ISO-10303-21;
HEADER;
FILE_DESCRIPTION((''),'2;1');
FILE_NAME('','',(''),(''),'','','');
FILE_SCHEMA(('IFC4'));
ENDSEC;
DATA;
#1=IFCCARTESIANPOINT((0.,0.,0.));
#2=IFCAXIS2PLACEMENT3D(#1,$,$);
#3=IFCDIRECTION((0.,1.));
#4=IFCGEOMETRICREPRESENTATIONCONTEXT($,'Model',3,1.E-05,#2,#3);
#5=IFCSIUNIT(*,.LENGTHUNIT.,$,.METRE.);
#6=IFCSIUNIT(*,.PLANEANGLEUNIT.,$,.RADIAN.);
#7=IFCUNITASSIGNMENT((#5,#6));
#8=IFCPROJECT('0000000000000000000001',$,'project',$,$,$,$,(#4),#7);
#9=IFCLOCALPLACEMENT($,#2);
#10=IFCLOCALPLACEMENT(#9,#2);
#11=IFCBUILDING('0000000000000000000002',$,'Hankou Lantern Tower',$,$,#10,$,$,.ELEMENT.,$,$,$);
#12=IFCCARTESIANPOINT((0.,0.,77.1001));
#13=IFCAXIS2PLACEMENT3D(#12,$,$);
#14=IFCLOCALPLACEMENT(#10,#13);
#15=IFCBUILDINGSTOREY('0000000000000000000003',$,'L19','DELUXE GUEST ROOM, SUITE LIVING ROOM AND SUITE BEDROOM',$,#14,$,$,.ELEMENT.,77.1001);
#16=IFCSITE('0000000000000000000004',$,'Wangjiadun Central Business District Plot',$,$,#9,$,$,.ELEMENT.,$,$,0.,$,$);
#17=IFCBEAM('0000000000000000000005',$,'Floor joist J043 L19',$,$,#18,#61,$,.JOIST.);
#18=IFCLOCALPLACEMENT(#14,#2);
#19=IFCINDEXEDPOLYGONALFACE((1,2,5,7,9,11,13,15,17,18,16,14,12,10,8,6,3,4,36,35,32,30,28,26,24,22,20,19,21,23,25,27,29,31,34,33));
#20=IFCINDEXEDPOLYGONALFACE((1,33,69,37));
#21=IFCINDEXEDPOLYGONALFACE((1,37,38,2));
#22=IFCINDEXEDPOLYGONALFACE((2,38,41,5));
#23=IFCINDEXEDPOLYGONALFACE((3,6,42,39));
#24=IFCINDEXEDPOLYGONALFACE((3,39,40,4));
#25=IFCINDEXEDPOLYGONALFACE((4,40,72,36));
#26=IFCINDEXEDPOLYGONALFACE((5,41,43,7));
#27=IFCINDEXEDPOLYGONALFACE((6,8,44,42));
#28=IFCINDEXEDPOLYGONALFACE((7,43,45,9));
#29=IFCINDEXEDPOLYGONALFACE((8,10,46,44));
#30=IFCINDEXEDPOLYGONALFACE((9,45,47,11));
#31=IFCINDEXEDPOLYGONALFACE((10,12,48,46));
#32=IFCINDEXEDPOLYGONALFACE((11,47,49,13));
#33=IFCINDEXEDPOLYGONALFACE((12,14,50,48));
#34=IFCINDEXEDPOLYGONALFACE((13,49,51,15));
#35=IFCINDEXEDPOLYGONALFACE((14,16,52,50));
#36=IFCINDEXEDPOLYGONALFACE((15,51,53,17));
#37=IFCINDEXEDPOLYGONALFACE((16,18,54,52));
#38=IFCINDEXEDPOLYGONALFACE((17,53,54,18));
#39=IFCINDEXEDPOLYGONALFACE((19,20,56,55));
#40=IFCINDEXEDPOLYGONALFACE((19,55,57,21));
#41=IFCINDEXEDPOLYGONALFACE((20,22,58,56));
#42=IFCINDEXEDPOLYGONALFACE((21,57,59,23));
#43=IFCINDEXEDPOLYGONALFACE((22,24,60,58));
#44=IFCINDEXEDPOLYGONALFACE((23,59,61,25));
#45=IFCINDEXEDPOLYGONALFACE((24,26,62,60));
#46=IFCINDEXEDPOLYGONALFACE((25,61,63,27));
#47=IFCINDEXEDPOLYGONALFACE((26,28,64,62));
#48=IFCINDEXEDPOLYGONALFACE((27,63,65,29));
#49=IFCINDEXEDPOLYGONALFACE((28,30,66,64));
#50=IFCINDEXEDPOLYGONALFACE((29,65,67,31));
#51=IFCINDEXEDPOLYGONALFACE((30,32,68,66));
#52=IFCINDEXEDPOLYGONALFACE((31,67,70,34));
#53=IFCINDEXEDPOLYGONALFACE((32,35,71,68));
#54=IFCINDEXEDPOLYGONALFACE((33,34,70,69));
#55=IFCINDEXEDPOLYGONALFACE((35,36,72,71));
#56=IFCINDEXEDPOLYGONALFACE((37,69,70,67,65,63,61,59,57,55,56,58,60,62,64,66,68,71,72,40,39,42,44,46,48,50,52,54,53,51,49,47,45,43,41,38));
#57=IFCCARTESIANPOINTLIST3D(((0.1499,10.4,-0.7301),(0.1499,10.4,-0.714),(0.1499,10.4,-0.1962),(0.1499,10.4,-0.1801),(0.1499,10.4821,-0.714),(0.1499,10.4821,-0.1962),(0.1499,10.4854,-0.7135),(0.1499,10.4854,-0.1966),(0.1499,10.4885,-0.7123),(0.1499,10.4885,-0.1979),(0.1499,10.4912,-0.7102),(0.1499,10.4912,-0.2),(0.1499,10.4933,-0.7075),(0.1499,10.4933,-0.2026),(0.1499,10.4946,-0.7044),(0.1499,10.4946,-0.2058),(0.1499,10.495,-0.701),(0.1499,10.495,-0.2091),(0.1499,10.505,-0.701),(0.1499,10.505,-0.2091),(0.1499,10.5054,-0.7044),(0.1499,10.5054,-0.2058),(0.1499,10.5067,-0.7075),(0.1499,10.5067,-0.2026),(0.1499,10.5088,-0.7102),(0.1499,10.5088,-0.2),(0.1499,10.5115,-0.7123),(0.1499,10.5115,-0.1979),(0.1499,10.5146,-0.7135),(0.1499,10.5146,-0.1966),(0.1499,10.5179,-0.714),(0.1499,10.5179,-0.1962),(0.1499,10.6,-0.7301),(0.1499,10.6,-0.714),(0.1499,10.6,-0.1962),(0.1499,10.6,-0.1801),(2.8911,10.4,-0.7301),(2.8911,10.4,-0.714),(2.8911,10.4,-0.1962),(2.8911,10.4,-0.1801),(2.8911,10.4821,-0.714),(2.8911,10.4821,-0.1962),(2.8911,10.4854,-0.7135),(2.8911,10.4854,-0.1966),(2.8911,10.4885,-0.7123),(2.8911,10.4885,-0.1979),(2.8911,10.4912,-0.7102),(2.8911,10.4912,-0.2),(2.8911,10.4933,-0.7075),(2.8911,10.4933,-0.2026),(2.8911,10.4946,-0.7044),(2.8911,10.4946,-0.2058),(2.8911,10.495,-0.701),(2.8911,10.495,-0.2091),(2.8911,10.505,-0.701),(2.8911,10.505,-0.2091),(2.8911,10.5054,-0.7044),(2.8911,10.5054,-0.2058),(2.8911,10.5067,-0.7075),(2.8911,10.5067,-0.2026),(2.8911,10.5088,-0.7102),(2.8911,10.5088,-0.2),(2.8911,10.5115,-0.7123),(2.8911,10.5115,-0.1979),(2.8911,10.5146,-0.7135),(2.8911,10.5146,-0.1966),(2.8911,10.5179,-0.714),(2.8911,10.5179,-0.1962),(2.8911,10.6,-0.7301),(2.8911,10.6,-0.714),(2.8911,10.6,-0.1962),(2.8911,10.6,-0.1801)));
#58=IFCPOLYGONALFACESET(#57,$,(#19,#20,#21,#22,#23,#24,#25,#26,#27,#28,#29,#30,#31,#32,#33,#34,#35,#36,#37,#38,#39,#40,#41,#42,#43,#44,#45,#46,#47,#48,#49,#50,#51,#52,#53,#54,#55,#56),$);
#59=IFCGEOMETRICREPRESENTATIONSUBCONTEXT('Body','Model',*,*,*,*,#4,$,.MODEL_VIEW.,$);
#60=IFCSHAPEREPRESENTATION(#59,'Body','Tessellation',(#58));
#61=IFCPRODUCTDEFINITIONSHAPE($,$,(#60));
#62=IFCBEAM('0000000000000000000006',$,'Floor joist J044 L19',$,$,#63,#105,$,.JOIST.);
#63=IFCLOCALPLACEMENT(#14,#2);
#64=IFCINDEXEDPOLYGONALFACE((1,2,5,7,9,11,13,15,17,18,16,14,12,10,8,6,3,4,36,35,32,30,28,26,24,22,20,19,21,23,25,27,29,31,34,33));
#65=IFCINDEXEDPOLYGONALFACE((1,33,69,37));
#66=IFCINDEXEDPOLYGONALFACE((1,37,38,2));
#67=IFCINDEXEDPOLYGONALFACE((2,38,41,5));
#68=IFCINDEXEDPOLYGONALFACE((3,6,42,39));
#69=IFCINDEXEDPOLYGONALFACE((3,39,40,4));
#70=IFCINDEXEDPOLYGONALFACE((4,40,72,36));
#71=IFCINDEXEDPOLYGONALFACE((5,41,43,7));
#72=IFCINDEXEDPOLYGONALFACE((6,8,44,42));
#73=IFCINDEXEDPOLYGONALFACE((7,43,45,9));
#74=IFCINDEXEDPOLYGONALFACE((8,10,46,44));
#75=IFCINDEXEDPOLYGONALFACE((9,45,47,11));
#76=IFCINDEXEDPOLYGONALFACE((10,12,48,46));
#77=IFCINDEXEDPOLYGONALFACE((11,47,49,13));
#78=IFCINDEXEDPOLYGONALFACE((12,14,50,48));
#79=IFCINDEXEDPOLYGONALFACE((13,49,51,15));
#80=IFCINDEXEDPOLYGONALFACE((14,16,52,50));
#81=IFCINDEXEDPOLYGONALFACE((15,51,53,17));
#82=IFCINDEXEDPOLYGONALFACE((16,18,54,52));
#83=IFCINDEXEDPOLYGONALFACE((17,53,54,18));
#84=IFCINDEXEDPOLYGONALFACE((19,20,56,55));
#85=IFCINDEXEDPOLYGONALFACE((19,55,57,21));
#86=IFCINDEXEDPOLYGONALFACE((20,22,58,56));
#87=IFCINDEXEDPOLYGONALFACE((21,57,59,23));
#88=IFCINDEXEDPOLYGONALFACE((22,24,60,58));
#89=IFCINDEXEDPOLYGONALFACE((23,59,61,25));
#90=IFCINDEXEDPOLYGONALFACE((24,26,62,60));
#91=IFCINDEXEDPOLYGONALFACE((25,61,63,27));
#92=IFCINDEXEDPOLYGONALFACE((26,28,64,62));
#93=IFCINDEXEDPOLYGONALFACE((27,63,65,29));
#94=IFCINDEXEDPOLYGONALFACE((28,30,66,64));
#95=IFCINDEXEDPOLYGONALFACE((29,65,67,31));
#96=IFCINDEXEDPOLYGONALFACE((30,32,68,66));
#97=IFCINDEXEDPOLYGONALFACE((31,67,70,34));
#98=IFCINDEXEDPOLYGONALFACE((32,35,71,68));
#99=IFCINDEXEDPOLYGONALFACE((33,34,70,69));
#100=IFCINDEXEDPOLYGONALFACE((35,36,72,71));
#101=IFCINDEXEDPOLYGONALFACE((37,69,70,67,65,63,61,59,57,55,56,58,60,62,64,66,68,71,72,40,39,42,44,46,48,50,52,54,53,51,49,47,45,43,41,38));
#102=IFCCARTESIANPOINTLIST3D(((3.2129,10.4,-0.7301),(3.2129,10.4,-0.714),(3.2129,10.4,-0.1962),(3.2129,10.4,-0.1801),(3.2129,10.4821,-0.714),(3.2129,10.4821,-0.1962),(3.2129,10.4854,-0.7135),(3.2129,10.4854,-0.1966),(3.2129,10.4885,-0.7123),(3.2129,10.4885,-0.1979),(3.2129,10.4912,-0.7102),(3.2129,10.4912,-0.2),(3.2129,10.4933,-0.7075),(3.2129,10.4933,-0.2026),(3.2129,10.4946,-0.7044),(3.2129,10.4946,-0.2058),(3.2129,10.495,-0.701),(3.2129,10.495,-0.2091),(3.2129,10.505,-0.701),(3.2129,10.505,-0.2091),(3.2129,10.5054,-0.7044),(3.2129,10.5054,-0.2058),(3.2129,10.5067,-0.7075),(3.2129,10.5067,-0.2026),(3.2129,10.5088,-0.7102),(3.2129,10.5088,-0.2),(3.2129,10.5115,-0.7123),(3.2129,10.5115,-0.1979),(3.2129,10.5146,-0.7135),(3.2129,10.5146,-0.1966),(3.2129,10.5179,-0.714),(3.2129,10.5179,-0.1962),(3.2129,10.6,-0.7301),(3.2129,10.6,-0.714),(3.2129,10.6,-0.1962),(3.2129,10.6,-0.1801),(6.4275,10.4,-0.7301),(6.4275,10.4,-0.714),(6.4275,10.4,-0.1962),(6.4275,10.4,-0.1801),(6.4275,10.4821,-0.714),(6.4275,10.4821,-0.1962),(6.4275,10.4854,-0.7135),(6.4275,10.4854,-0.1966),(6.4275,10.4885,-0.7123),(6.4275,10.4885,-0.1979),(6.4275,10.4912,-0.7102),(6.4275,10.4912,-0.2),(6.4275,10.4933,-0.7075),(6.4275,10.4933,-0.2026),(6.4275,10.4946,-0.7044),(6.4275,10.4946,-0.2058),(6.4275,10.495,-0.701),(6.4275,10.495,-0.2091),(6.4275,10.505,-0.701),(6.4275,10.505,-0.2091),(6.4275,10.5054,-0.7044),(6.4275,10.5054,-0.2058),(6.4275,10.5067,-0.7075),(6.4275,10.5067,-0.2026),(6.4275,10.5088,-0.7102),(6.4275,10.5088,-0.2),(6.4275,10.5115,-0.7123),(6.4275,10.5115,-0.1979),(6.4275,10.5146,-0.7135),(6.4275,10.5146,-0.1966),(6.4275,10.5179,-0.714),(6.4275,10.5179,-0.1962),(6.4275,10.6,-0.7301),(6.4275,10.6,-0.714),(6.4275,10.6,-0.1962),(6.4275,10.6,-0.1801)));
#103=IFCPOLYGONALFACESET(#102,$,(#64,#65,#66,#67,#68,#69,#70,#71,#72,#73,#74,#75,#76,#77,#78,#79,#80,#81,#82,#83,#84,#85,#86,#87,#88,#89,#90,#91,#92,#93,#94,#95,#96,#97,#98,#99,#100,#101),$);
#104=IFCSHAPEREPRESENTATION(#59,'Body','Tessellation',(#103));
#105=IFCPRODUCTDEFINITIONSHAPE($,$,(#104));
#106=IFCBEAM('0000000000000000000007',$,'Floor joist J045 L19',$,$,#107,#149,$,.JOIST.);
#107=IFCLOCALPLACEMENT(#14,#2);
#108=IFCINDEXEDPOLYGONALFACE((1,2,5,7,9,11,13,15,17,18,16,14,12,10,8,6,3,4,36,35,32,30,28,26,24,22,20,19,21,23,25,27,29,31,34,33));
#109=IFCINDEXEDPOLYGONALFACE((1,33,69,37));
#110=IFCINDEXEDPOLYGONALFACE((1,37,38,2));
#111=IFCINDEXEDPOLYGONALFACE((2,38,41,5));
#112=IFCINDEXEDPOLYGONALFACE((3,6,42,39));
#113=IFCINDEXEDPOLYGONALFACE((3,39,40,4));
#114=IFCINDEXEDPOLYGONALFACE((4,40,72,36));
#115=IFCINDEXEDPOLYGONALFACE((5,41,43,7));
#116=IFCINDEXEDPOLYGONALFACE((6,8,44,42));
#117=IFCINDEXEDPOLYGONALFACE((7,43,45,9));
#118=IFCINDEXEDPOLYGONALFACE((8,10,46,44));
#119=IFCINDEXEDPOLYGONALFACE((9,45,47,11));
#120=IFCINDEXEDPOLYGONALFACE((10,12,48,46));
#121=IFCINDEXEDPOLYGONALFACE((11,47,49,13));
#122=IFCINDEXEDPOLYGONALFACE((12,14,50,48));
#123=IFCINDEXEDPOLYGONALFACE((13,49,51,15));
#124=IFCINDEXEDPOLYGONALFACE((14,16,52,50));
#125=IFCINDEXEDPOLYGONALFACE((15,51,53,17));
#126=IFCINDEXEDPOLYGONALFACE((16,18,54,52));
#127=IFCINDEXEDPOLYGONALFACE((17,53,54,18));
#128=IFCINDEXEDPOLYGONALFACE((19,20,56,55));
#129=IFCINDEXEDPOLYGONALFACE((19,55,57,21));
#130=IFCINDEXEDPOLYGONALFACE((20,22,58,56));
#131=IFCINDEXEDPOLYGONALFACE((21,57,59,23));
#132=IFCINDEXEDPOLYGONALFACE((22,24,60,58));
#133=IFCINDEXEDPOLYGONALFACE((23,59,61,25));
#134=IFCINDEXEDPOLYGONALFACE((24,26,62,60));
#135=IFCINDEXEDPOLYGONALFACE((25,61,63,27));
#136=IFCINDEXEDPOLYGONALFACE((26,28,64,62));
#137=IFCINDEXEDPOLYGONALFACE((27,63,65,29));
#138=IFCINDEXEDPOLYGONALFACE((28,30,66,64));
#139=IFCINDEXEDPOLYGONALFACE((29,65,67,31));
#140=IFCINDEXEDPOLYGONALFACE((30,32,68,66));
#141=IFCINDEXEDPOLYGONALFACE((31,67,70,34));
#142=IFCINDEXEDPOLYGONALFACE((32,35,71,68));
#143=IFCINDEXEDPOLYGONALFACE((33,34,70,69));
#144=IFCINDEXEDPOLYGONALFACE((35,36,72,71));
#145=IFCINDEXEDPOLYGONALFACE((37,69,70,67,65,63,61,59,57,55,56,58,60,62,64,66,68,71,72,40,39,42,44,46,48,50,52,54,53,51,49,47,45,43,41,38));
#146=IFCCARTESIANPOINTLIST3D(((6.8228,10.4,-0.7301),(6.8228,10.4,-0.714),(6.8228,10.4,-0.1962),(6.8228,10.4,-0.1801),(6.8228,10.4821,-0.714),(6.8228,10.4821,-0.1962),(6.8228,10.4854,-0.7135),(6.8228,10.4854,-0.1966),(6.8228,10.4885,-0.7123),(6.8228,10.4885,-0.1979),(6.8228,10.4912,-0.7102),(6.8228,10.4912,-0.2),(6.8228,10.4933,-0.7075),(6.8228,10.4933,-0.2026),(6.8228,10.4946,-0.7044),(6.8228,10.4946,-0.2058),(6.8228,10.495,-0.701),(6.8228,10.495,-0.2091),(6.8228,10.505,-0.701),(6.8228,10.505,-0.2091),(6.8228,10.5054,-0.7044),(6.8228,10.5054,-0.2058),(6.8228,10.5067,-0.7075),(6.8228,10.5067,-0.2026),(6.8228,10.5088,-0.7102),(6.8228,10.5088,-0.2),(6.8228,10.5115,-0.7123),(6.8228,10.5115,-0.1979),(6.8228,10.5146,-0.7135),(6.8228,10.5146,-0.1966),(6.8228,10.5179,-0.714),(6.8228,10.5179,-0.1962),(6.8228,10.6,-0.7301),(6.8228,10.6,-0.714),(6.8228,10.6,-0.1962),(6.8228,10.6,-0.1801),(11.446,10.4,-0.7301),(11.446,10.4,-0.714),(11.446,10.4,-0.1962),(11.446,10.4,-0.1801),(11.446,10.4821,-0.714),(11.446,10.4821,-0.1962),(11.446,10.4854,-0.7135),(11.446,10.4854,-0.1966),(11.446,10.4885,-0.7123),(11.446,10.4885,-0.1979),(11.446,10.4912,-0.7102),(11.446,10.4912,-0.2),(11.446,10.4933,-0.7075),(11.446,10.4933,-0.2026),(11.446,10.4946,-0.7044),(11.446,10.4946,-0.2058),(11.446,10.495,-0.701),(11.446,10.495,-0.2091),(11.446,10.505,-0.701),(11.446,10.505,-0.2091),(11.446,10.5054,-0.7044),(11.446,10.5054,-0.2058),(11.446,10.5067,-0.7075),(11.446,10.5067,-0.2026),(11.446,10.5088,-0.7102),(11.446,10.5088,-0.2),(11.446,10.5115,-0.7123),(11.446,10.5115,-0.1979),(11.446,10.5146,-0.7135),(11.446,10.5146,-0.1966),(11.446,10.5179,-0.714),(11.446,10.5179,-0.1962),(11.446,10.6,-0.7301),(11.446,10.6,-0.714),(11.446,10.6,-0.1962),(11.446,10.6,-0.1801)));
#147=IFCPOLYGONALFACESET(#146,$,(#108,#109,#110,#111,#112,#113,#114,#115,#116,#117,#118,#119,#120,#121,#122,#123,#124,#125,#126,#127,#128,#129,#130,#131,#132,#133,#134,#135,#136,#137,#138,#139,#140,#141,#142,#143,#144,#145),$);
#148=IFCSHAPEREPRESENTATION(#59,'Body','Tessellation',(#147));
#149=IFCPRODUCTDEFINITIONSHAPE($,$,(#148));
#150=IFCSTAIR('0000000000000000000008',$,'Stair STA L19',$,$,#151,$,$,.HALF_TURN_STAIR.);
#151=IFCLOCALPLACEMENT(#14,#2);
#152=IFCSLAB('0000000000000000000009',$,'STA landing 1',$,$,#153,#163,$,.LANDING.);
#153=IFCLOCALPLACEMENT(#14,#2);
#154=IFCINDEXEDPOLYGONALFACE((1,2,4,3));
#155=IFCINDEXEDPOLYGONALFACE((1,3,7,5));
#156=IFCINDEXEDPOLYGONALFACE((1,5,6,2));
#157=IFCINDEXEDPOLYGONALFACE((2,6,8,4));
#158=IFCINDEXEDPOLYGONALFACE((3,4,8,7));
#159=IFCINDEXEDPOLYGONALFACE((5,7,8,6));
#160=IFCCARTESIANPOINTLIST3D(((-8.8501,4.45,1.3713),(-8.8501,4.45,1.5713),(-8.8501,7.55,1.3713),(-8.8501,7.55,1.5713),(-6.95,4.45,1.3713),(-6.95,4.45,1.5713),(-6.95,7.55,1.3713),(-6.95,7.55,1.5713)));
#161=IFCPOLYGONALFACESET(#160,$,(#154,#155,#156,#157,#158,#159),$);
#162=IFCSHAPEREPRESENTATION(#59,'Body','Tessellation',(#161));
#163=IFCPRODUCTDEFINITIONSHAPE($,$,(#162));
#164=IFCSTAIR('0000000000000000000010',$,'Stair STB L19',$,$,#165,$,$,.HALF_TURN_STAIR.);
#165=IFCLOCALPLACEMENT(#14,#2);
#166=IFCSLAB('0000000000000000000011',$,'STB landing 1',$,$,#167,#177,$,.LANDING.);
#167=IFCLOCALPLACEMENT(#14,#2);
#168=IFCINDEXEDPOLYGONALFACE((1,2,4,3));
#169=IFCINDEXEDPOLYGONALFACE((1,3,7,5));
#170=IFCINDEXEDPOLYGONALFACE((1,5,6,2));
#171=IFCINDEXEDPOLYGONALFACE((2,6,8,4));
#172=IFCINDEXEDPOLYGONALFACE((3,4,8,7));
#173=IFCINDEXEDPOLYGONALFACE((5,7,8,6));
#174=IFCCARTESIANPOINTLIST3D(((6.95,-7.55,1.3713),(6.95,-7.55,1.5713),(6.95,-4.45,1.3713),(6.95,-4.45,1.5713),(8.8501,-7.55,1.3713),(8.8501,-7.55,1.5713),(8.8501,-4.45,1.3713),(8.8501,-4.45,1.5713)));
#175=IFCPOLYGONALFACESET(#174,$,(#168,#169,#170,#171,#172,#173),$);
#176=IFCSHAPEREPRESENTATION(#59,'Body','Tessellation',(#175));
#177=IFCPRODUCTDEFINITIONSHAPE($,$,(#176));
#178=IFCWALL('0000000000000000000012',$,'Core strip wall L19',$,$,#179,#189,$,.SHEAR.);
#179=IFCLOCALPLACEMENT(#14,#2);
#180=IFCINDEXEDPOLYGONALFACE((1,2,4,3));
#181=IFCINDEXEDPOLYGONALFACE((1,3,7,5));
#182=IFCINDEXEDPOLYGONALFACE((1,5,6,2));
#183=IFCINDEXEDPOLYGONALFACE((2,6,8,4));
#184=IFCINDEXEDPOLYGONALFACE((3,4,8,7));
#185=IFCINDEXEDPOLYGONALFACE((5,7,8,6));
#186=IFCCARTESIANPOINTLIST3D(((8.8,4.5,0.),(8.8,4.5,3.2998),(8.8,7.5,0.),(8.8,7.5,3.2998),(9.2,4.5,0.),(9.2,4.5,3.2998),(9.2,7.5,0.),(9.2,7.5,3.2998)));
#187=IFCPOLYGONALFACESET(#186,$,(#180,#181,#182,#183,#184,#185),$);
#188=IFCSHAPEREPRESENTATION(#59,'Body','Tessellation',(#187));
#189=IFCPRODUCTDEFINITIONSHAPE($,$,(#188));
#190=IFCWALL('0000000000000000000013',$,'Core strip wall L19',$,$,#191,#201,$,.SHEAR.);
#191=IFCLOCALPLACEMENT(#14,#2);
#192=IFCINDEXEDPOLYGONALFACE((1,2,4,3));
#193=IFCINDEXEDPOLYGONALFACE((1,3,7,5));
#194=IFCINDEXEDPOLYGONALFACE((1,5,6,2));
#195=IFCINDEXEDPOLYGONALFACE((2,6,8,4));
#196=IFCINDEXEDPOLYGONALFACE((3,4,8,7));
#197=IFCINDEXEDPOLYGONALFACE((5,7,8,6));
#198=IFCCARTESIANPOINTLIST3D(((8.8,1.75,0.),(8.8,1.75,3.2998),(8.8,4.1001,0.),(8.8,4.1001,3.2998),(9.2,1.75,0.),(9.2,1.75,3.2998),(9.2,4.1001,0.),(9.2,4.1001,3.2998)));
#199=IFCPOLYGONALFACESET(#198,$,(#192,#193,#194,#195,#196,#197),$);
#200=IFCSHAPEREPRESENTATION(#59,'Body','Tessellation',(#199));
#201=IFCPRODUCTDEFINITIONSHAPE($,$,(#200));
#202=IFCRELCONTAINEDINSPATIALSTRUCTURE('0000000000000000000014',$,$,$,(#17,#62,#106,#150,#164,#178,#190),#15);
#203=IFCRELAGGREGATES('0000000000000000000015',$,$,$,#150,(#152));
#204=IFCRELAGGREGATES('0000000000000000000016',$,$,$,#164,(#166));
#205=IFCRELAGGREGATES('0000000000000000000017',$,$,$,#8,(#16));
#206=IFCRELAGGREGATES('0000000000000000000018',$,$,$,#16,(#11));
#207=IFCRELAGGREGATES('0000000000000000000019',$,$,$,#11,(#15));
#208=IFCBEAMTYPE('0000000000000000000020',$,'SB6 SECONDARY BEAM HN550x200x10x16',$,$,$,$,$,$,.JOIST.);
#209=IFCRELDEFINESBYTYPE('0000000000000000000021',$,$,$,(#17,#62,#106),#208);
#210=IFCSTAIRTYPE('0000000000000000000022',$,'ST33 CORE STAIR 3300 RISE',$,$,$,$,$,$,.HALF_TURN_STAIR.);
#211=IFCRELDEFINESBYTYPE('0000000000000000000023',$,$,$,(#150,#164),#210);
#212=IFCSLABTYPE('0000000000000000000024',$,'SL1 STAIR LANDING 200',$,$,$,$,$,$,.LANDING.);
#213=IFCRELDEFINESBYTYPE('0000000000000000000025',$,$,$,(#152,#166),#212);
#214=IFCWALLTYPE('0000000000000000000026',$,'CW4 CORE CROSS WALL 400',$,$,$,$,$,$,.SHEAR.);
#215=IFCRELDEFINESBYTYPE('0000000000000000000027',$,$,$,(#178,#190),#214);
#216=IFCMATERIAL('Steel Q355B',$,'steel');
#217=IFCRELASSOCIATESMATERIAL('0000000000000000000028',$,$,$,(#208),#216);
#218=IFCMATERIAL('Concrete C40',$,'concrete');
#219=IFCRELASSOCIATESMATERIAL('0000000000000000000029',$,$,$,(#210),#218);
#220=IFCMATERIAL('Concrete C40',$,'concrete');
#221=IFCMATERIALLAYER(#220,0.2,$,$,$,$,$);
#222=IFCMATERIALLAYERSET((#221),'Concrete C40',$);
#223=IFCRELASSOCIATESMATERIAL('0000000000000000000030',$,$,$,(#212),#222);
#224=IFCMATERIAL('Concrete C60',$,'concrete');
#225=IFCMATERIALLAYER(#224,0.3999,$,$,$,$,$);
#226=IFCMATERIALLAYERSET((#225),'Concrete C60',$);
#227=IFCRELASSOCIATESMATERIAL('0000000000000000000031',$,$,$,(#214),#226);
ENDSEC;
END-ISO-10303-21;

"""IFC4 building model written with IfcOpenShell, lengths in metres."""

from ifc_helpers import new_model, si_unit, direction, frame, frame_2d, origin, origin_2d, place, context, subcontext, project, spatial, polyline, rectangle, i_section, outline, extrude, material, layer, layer_set, material_profile, profile_set, type_object, element, aggregate, save


model = new_model("IFC4")

# Units and contexts
model_context = context("Model", 3, precision=1e-05, world=origin(), true_north=direction((0.0, 1.0)))
body_context = subcontext(model_context, "Body", "Model", "MODEL_VIEW")
ifc_project = project(units=[si_unit("LENGTHUNIT", "METRE"), si_unit("PLANEANGLEUNIT", "RADIAN")], contexts=[model_context])

# Site, building, storey
site_placement = place(None, origin())
site = spatial("IfcSite", under=ifc_project, at=site_placement, Name="Wangjiadun Central Business District Plot", CompositionType="ELEMENT", RefElevation=0.0)
building_placement = place(site_placement, origin())
building = spatial("IfcBuilding", under=site, at=building_placement, Name="Hankou Lantern Tower", CompositionType="ELEMENT")
storey_placement = place(building_placement, frame((0.0, 0.0, 77.1001)))
storey = spatial("IfcBuildingStorey", under=building, at=storey_placement, Name="L19", Description="DELUXE GUEST ROOM, SUITE LIVING ROOM AND SUITE BEDROOM", CompositionType="ELEMENT", Elevation=77.1001)

# Beams
ifc_material_1 = material(Name="Steel Q355B", Category="steel")
ifc_material_profile_1 = material_profile(ifc_material_1, i_section(OverallWidth=0.2, OverallDepth=0.55, WebThickness=0.01, FlangeThickness=0.0161, FilletRadius=0.0129, at=origin_2d()), Name="HN550x200x10x16")
ifc_profile_set_1 = profile_set([ifc_material_profile_1], Name="Steel Q355B")
beam_type_1 = type_object("IfcBeamType", Name="SB6 SECONDARY BEAM HN550x200x10x16", PredefinedType="JOIST", material=ifc_profile_set_1)
beam_1_placement = place(storey_placement, frame((0.1499, 10.5, -0.4551), z_axis=(1.0, 0.0, 0.0), x_axis=(0.0, 1.0, 0.0)))
element("IfcBeam", 1, at=beam_1_placement, inside=storey, type_object=beam_type_1, Name="Floor joist J043 L19", PredefinedType="JOIST", context=body_context, shape_type="SweptSolid", body=[
    extrude(i_section(OverallWidth=0.2, OverallDepth=0.55, WebThickness=0.01, FlangeThickness=0.0161, FilletRadius=0.0129, at=origin_2d()), origin(), (0.0, 0.0, 1.0), 2.7412),
])
beam_2_placement = place(storey_placement, frame((3.2129, 10.5, -0.4551), z_axis=(1.0, 0.0, 0.0), x_axis=(0.0, 1.0, 0.0)))
element("IfcBeam", 2, at=beam_2_placement, inside=storey, type_object=beam_type_1, Name="Floor joist J044 L19", PredefinedType="JOIST", context=body_context, shape_type="SweptSolid", body=[
    extrude(i_section(OverallWidth=0.2, OverallDepth=0.55, WebThickness=0.01, FlangeThickness=0.0161, FilletRadius=0.0129, at=origin_2d()), origin(), (0.0, 0.0, 1.0), 3.2146),
])
beam_3_placement = place(storey_placement, frame((6.8228, 10.5, -0.4551), z_axis=(1.0, 0.0, 0.0), x_axis=(0.0, 1.0, 0.0)))
element("IfcBeam", 3, at=beam_3_placement, inside=storey, type_object=beam_type_1, Name="Floor joist J045 L19", PredefinedType="JOIST", context=body_context, shape_type="SweptSolid", body=[
    extrude(i_section(OverallWidth=0.2, OverallDepth=0.55, WebThickness=0.01, FlangeThickness=0.0161, FilletRadius=0.0129, at=origin_2d()), origin(), (0.0, 0.0, 1.0), 4.6233),
])

# Stairs, slabs
ifc_material_2 = material(Name="Concrete C40", Category="concrete")
stair_type = type_object("IfcStairType", Name="ST33 CORE STAIR 3300 RISE", PredefinedType="HALF_TURN_STAIR", material=ifc_material_2)
stair_1_placement = place(storey_placement, origin())
stair_1 = element("IfcStair", 4, at=stair_1_placement, inside=storey, type_object=stair_type, Name="Stair STA L19", PredefinedType="HALF_TURN_STAIR")
ifc_material_3 = material(Name="Concrete C40", Category="concrete")
ifc_layer_1 = layer(ifc_material_3, 0.2)
ifc_layer_set_1 = layer_set([ifc_layer_1], Name="Concrete C40")
slab_type_1 = type_object("IfcSlabType", Name="SL1 STAIR LANDING 200", PredefinedType="LANDING", material=ifc_layer_set_1)
slab_1_placement = place(storey_placement, frame((0.0, 0.0, 1.3713)))
slab_1 = element("IfcSlab", 5, at=slab_1_placement, type_object=slab_type_1, Name="STA landing 1", PredefinedType="LANDING", context=body_context, shape_type="SweptSolid", body=[
    extrude(outline(polyline([(-8.8501, 4.45), (-6.95, 4.45), (-6.95, 7.55), (-8.8501, 7.55), (-8.8501, 4.45)])), origin(), (0.0, 0.0, 1.0), 0.2),
])
aggregate(stair_1, [slab_1])
stair_2_placement = place(storey_placement, origin())
stair_2 = element("IfcStair", 6, at=stair_2_placement, inside=storey, type_object=stair_type, Name="Stair STB L19", PredefinedType="HALF_TURN_STAIR")
slab_2_placement = place(storey_placement, frame((0.0, 0.0, 1.3713)))
slab_2 = element("IfcSlab", 7, at=slab_2_placement, type_object=slab_type_1, Name="STB landing 1", PredefinedType="LANDING", context=body_context, shape_type="SweptSolid", body=[
    extrude(outline(polyline([(8.8501, -4.45), (6.95, -4.45), (6.95, -7.55), (8.8501, -7.55), (8.8501, -4.45)])), origin(), (0.0, 0.0, 1.0), 0.2),
])
aggregate(stair_2, [slab_2])

# Walls
ifc_material_4 = material(Name="Concrete C60", Category="concrete")
ifc_layer_2 = layer(ifc_material_4, 0.3999)
ifc_layer_set_2 = layer_set([ifc_layer_2], Name="Concrete C60")
wall_type_1 = type_object("IfcWallType", Name="CW4 CORE CROSS WALL 400", PredefinedType="SHEAR", material=ifc_layer_set_2)
wall_1_placement = place(storey_placement, frame((9.0, 4.5, 0.0), z_axis=(0.0, 0.0, 1.0), x_axis=(0.0, 1.0, 0.0)))
element("IfcWall", 8, at=wall_1_placement, inside=storey, type_object=wall_type_1, Name="Core strip wall L19", PredefinedType="SHEAR", context=body_context, shape_type="SweptSolid", body=[
    extrude(rectangle(XDim=3.0, YDim=0.3999, at=frame_2d((1.5, 0.0))), origin(), (0.0, 0.0, 1.0), 3.2998),
])
wall_2_placement = place(storey_placement, frame((9.0, 1.75, 0.0), z_axis=(0.0, 0.0, 1.0), x_axis=(0.0, 1.0, 0.0)))
element("IfcWall", 9, at=wall_2_placement, inside=storey, type_object=wall_type_1, Name="Core strip wall L19", PredefinedType="SHEAR", context=body_context, shape_type="SweptSolid", body=[
    extrude(rectangle(XDim=2.3501, YDim=0.3999, at=frame_2d((1.175, 0.0))), origin(), (0.0, 0.0, 1.0), 3.2998),
])

save(model, "model.ifc")
